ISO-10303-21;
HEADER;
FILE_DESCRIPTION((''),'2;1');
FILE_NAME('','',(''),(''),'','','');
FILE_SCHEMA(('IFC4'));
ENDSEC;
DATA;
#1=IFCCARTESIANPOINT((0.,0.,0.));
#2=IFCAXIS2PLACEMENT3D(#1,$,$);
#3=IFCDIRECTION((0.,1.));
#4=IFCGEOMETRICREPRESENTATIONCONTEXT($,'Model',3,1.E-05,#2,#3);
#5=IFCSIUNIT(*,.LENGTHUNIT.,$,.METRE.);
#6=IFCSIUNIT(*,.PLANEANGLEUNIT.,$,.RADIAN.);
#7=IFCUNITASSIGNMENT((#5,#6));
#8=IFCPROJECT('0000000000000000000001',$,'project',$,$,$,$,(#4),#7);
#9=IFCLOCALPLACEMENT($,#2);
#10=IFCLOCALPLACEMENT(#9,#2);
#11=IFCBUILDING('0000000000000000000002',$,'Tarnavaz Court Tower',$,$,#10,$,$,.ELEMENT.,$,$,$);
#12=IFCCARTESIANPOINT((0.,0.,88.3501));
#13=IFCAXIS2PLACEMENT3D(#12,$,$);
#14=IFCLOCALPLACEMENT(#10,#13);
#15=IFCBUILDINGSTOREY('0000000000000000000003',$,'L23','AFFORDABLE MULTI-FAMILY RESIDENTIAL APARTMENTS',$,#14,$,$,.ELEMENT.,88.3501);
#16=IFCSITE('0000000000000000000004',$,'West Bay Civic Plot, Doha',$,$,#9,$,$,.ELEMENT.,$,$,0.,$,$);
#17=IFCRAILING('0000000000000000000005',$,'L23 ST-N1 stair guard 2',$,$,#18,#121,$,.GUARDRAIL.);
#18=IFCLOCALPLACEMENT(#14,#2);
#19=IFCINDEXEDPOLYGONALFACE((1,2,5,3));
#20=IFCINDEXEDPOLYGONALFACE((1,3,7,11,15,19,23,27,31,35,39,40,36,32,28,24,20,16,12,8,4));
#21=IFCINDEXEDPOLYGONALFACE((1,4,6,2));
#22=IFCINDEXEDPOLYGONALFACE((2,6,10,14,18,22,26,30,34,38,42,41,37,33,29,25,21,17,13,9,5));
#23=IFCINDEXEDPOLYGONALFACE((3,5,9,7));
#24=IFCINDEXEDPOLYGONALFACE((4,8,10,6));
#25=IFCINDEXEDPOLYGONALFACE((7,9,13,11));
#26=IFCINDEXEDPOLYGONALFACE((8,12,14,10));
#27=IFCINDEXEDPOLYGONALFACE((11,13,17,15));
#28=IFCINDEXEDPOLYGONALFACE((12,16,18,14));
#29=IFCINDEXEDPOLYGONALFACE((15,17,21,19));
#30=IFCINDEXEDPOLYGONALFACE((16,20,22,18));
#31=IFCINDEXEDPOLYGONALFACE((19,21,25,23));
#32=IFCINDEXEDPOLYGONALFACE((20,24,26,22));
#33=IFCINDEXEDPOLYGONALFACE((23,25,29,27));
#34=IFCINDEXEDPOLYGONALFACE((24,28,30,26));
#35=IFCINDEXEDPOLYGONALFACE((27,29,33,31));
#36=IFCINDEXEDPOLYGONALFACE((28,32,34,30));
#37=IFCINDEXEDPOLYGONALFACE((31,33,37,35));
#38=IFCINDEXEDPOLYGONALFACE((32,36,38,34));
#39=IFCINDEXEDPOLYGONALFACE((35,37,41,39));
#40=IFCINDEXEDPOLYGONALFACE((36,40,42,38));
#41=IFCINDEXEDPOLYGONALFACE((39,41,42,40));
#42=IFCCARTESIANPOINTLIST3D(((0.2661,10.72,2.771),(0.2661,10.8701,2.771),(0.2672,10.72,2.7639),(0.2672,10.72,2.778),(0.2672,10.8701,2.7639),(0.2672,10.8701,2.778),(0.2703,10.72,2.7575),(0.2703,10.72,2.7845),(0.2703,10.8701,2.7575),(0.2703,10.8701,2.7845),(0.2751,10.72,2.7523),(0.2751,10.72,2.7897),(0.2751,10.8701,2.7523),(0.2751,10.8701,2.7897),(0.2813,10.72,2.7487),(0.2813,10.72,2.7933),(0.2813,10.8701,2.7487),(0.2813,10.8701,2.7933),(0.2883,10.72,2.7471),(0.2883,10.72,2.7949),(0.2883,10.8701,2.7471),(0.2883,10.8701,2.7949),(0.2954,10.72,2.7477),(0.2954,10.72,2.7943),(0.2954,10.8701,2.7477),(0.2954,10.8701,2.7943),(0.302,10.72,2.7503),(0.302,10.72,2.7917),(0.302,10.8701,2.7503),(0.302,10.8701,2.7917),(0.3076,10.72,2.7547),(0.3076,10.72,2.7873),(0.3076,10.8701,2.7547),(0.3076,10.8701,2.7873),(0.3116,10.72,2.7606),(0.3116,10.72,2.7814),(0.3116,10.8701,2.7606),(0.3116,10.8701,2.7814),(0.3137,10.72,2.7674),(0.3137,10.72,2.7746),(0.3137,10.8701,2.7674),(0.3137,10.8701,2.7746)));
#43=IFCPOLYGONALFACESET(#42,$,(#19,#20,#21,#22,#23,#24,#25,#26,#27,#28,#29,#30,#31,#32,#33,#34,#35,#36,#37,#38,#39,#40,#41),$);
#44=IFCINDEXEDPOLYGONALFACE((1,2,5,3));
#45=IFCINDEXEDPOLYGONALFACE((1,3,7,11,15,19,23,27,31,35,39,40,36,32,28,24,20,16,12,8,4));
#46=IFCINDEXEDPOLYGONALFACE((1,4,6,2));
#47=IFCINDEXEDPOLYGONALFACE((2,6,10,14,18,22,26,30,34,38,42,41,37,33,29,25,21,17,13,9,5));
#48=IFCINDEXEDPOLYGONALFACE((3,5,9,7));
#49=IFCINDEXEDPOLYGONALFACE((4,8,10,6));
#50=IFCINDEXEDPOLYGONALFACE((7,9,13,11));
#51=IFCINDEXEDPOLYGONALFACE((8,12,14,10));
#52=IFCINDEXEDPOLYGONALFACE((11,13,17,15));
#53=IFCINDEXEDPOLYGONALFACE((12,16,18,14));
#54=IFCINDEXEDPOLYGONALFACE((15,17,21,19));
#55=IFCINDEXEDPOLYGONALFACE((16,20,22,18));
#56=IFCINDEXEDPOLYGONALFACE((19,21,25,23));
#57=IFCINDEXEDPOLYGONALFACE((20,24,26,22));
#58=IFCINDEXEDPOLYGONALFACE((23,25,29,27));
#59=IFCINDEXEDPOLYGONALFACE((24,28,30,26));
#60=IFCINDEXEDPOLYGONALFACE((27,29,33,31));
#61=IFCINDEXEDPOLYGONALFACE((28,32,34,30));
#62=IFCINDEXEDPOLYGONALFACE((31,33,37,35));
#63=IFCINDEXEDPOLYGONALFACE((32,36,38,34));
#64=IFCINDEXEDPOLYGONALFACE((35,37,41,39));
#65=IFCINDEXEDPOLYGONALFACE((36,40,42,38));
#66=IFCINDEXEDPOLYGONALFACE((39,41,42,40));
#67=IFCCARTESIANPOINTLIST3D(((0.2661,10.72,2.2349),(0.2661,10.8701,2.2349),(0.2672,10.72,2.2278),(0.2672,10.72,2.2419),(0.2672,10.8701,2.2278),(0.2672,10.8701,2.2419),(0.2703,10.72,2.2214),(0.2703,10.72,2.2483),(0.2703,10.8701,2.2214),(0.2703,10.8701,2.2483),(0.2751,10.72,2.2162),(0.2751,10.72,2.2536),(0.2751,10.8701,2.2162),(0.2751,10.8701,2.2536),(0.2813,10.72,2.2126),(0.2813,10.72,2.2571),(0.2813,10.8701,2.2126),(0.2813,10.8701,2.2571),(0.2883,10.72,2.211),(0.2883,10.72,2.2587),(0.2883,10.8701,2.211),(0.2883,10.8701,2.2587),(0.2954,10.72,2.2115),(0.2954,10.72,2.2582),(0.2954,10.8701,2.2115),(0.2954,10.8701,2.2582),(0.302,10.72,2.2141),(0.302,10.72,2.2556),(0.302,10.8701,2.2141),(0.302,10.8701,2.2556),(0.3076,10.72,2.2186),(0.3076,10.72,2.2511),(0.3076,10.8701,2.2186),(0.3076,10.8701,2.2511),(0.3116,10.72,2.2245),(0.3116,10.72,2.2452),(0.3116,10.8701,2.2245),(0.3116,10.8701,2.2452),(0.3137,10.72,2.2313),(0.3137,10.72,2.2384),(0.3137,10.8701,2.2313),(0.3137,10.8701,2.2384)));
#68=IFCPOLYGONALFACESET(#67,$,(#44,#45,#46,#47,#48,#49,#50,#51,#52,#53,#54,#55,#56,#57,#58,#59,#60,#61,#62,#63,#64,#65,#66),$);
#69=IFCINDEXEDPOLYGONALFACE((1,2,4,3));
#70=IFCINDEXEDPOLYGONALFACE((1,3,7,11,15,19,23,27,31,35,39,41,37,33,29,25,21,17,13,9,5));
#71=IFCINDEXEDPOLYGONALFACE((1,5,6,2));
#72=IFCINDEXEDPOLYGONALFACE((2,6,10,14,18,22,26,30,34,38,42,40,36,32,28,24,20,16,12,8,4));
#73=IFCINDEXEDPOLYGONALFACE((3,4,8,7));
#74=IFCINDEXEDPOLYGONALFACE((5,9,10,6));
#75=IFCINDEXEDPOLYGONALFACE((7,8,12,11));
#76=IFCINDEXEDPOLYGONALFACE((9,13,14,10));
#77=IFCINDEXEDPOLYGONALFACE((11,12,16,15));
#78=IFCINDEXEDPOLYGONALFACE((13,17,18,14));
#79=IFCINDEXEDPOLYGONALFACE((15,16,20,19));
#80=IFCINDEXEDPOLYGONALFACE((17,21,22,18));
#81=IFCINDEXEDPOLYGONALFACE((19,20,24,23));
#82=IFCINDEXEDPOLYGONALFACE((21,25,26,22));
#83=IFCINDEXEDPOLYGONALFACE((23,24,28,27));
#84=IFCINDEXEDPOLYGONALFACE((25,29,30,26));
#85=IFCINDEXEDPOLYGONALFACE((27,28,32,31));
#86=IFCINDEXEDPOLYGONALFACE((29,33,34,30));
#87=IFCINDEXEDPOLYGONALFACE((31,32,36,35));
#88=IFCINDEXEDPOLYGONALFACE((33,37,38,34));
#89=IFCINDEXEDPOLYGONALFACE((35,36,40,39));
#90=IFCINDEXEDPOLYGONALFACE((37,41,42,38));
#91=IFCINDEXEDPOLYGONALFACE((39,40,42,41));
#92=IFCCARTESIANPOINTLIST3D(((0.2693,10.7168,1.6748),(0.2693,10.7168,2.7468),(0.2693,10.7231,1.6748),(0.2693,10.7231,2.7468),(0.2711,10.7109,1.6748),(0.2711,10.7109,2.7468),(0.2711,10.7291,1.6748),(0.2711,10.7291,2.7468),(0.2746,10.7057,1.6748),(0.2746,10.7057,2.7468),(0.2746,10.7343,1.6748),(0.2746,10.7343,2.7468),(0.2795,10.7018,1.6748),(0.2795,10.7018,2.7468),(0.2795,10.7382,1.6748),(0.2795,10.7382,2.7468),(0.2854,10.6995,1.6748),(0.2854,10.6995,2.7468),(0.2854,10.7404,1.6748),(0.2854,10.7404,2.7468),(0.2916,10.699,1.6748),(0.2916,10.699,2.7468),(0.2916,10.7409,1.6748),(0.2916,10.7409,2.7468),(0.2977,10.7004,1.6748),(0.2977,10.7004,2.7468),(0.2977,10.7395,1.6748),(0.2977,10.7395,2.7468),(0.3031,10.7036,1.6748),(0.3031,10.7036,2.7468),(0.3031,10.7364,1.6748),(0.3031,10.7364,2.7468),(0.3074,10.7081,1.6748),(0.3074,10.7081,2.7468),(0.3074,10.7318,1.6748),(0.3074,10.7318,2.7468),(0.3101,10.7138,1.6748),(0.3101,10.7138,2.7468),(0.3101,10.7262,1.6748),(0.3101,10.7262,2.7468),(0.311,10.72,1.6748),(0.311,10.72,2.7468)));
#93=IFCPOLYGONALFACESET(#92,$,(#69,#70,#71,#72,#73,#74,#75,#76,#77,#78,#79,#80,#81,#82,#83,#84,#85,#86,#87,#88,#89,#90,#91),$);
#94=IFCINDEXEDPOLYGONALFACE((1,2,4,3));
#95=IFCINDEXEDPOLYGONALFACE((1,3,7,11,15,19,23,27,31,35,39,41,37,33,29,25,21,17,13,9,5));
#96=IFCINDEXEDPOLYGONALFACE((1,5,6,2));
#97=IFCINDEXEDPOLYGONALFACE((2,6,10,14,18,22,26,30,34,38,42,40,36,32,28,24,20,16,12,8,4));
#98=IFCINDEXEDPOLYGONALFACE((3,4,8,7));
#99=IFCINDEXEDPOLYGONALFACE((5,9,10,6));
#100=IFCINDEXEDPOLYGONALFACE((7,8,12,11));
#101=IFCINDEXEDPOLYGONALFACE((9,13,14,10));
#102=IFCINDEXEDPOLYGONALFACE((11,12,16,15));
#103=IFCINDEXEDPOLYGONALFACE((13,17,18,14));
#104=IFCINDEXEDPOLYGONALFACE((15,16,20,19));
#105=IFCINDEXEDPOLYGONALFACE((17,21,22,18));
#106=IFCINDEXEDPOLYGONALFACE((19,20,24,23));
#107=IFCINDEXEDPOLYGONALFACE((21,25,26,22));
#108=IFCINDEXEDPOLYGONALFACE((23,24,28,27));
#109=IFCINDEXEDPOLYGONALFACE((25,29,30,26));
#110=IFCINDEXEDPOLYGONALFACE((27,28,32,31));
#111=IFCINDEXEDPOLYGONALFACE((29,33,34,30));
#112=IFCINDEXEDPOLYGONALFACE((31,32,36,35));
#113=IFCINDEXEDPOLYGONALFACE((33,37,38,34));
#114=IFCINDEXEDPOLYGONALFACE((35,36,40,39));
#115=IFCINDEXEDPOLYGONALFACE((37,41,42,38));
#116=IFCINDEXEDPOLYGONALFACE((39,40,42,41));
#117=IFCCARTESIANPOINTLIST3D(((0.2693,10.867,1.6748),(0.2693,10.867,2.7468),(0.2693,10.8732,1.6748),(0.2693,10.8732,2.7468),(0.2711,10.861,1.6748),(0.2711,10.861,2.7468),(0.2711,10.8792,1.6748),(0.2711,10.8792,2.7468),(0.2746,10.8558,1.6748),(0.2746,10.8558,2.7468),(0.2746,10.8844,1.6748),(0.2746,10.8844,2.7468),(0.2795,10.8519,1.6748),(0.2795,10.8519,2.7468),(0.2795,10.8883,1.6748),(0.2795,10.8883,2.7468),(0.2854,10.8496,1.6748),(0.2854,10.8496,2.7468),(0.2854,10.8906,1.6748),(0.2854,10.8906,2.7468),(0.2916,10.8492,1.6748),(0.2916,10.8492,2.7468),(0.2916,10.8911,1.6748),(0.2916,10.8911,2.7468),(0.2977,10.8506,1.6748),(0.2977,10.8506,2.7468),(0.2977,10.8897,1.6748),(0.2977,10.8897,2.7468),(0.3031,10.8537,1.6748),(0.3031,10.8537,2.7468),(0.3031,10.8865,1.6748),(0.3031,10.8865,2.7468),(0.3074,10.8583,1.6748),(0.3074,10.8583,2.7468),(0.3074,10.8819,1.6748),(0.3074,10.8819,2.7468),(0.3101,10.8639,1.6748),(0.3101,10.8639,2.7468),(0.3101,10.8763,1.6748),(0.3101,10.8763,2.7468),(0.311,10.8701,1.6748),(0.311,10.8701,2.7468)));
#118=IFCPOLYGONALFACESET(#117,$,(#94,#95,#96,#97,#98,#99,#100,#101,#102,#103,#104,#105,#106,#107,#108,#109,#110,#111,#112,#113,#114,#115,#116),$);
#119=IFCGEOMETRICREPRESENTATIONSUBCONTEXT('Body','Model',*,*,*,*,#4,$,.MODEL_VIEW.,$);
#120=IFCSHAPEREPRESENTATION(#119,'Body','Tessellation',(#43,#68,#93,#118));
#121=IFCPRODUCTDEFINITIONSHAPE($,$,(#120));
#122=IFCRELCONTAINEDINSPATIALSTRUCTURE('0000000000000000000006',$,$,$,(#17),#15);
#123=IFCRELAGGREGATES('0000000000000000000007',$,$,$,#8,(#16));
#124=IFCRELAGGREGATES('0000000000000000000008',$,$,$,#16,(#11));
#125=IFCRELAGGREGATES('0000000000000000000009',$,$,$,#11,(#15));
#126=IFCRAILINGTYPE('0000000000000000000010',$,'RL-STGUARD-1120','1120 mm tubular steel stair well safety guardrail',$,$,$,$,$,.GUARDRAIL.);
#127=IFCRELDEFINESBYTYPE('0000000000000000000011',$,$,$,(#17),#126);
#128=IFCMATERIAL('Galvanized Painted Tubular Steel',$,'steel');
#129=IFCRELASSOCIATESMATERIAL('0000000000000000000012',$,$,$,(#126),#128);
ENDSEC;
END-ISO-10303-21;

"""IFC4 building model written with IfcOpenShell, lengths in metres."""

from ifc_helpers import new_model, si_unit, direction, frame, origin, origin_2d, place, context, subcontext, project, spatial, circle, extrude, material, type_object, element, save


model = new_model("IFC4")

# Units and contexts
model_context = context("Model", 3, precision=1e-05, world=origin(), true_north=direction((0.0, 1.0)))
body_context = subcontext(model_context, "Body", "Model", "MODEL_VIEW")
ifc_project = project(units=[si_unit("LENGTHUNIT", "METRE"), si_unit("PLANEANGLEUNIT", "RADIAN")], contexts=[model_context])

# Site, building, storey
site_placement = place(None, origin())
site = spatial("IfcSite", under=ifc_project, at=site_placement, Name="West Bay Civic Plot, Doha", CompositionType="ELEMENT", RefElevation=0.0)
building_placement = place(site_placement, origin())
building = spatial("IfcBuilding", under=site, at=building_placement, Name="Tarnavaz Court Tower", CompositionType="ELEMENT")
storey_placement = place(building_placement, frame((0.0, 0.0, 88.3501)))
storey = spatial("IfcBuildingStorey", under=building, at=storey_placement, Name="L23", Description="AFFORDABLE MULTI-FAMILY RESIDENTIAL APARTMENTS", CompositionType="ELEMENT", Elevation=88.3501)

# Railing
ifc_material_1 = material(Name="Galvanized Painted Tubular Steel", Category="steel")
railing_type_1 = type_object("IfcRailingType", Name="RL-STGUARD-1120", Description="1120 mm tubular steel stair well safety guardrail", PredefinedType="GUARDRAIL", material=ifc_material_1)
railing_1_placement = place(storey_placement, frame((0.29, 10.72, 1.6748)))
element("IfcRailing", 1, at=railing_1_placement, inside=storey, type_object=railing_type_1, Name="L23 ST-N1 stair guard 2", PredefinedType="GUARDRAIL", context=body_context, shape_type="SweptSolid", body=[
    extrude(circle(Radius=0.0239, at=origin_2d()), frame((0.0, 0.0, 1.0962), z_axis=(0.0, 1.0, 0.0), x_axis=(-1.0, 0.0, 0.0)), (0.0, 0.0, 1.0), 0.1501),
    extrude(circle(Radius=0.0239, at=origin_2d()), frame((0.0, 0.0, 0.5601), z_axis=(0.0, 1.0, 0.0), x_axis=(-1.0, 0.0, 0.0)), (0.0, 0.0, 1.0), 0.1501),
    extrude(circle(Radius=0.021, at=origin_2d()), origin(), (0.0, 0.0, 1.0), 1.072),
    extrude(circle(Radius=0.021, at=origin_2d()), frame((0.0, 0.1501, 0.0)), (0.0, 0.0, 1.0), 1.072),
])

save(model, "model.ifc")
